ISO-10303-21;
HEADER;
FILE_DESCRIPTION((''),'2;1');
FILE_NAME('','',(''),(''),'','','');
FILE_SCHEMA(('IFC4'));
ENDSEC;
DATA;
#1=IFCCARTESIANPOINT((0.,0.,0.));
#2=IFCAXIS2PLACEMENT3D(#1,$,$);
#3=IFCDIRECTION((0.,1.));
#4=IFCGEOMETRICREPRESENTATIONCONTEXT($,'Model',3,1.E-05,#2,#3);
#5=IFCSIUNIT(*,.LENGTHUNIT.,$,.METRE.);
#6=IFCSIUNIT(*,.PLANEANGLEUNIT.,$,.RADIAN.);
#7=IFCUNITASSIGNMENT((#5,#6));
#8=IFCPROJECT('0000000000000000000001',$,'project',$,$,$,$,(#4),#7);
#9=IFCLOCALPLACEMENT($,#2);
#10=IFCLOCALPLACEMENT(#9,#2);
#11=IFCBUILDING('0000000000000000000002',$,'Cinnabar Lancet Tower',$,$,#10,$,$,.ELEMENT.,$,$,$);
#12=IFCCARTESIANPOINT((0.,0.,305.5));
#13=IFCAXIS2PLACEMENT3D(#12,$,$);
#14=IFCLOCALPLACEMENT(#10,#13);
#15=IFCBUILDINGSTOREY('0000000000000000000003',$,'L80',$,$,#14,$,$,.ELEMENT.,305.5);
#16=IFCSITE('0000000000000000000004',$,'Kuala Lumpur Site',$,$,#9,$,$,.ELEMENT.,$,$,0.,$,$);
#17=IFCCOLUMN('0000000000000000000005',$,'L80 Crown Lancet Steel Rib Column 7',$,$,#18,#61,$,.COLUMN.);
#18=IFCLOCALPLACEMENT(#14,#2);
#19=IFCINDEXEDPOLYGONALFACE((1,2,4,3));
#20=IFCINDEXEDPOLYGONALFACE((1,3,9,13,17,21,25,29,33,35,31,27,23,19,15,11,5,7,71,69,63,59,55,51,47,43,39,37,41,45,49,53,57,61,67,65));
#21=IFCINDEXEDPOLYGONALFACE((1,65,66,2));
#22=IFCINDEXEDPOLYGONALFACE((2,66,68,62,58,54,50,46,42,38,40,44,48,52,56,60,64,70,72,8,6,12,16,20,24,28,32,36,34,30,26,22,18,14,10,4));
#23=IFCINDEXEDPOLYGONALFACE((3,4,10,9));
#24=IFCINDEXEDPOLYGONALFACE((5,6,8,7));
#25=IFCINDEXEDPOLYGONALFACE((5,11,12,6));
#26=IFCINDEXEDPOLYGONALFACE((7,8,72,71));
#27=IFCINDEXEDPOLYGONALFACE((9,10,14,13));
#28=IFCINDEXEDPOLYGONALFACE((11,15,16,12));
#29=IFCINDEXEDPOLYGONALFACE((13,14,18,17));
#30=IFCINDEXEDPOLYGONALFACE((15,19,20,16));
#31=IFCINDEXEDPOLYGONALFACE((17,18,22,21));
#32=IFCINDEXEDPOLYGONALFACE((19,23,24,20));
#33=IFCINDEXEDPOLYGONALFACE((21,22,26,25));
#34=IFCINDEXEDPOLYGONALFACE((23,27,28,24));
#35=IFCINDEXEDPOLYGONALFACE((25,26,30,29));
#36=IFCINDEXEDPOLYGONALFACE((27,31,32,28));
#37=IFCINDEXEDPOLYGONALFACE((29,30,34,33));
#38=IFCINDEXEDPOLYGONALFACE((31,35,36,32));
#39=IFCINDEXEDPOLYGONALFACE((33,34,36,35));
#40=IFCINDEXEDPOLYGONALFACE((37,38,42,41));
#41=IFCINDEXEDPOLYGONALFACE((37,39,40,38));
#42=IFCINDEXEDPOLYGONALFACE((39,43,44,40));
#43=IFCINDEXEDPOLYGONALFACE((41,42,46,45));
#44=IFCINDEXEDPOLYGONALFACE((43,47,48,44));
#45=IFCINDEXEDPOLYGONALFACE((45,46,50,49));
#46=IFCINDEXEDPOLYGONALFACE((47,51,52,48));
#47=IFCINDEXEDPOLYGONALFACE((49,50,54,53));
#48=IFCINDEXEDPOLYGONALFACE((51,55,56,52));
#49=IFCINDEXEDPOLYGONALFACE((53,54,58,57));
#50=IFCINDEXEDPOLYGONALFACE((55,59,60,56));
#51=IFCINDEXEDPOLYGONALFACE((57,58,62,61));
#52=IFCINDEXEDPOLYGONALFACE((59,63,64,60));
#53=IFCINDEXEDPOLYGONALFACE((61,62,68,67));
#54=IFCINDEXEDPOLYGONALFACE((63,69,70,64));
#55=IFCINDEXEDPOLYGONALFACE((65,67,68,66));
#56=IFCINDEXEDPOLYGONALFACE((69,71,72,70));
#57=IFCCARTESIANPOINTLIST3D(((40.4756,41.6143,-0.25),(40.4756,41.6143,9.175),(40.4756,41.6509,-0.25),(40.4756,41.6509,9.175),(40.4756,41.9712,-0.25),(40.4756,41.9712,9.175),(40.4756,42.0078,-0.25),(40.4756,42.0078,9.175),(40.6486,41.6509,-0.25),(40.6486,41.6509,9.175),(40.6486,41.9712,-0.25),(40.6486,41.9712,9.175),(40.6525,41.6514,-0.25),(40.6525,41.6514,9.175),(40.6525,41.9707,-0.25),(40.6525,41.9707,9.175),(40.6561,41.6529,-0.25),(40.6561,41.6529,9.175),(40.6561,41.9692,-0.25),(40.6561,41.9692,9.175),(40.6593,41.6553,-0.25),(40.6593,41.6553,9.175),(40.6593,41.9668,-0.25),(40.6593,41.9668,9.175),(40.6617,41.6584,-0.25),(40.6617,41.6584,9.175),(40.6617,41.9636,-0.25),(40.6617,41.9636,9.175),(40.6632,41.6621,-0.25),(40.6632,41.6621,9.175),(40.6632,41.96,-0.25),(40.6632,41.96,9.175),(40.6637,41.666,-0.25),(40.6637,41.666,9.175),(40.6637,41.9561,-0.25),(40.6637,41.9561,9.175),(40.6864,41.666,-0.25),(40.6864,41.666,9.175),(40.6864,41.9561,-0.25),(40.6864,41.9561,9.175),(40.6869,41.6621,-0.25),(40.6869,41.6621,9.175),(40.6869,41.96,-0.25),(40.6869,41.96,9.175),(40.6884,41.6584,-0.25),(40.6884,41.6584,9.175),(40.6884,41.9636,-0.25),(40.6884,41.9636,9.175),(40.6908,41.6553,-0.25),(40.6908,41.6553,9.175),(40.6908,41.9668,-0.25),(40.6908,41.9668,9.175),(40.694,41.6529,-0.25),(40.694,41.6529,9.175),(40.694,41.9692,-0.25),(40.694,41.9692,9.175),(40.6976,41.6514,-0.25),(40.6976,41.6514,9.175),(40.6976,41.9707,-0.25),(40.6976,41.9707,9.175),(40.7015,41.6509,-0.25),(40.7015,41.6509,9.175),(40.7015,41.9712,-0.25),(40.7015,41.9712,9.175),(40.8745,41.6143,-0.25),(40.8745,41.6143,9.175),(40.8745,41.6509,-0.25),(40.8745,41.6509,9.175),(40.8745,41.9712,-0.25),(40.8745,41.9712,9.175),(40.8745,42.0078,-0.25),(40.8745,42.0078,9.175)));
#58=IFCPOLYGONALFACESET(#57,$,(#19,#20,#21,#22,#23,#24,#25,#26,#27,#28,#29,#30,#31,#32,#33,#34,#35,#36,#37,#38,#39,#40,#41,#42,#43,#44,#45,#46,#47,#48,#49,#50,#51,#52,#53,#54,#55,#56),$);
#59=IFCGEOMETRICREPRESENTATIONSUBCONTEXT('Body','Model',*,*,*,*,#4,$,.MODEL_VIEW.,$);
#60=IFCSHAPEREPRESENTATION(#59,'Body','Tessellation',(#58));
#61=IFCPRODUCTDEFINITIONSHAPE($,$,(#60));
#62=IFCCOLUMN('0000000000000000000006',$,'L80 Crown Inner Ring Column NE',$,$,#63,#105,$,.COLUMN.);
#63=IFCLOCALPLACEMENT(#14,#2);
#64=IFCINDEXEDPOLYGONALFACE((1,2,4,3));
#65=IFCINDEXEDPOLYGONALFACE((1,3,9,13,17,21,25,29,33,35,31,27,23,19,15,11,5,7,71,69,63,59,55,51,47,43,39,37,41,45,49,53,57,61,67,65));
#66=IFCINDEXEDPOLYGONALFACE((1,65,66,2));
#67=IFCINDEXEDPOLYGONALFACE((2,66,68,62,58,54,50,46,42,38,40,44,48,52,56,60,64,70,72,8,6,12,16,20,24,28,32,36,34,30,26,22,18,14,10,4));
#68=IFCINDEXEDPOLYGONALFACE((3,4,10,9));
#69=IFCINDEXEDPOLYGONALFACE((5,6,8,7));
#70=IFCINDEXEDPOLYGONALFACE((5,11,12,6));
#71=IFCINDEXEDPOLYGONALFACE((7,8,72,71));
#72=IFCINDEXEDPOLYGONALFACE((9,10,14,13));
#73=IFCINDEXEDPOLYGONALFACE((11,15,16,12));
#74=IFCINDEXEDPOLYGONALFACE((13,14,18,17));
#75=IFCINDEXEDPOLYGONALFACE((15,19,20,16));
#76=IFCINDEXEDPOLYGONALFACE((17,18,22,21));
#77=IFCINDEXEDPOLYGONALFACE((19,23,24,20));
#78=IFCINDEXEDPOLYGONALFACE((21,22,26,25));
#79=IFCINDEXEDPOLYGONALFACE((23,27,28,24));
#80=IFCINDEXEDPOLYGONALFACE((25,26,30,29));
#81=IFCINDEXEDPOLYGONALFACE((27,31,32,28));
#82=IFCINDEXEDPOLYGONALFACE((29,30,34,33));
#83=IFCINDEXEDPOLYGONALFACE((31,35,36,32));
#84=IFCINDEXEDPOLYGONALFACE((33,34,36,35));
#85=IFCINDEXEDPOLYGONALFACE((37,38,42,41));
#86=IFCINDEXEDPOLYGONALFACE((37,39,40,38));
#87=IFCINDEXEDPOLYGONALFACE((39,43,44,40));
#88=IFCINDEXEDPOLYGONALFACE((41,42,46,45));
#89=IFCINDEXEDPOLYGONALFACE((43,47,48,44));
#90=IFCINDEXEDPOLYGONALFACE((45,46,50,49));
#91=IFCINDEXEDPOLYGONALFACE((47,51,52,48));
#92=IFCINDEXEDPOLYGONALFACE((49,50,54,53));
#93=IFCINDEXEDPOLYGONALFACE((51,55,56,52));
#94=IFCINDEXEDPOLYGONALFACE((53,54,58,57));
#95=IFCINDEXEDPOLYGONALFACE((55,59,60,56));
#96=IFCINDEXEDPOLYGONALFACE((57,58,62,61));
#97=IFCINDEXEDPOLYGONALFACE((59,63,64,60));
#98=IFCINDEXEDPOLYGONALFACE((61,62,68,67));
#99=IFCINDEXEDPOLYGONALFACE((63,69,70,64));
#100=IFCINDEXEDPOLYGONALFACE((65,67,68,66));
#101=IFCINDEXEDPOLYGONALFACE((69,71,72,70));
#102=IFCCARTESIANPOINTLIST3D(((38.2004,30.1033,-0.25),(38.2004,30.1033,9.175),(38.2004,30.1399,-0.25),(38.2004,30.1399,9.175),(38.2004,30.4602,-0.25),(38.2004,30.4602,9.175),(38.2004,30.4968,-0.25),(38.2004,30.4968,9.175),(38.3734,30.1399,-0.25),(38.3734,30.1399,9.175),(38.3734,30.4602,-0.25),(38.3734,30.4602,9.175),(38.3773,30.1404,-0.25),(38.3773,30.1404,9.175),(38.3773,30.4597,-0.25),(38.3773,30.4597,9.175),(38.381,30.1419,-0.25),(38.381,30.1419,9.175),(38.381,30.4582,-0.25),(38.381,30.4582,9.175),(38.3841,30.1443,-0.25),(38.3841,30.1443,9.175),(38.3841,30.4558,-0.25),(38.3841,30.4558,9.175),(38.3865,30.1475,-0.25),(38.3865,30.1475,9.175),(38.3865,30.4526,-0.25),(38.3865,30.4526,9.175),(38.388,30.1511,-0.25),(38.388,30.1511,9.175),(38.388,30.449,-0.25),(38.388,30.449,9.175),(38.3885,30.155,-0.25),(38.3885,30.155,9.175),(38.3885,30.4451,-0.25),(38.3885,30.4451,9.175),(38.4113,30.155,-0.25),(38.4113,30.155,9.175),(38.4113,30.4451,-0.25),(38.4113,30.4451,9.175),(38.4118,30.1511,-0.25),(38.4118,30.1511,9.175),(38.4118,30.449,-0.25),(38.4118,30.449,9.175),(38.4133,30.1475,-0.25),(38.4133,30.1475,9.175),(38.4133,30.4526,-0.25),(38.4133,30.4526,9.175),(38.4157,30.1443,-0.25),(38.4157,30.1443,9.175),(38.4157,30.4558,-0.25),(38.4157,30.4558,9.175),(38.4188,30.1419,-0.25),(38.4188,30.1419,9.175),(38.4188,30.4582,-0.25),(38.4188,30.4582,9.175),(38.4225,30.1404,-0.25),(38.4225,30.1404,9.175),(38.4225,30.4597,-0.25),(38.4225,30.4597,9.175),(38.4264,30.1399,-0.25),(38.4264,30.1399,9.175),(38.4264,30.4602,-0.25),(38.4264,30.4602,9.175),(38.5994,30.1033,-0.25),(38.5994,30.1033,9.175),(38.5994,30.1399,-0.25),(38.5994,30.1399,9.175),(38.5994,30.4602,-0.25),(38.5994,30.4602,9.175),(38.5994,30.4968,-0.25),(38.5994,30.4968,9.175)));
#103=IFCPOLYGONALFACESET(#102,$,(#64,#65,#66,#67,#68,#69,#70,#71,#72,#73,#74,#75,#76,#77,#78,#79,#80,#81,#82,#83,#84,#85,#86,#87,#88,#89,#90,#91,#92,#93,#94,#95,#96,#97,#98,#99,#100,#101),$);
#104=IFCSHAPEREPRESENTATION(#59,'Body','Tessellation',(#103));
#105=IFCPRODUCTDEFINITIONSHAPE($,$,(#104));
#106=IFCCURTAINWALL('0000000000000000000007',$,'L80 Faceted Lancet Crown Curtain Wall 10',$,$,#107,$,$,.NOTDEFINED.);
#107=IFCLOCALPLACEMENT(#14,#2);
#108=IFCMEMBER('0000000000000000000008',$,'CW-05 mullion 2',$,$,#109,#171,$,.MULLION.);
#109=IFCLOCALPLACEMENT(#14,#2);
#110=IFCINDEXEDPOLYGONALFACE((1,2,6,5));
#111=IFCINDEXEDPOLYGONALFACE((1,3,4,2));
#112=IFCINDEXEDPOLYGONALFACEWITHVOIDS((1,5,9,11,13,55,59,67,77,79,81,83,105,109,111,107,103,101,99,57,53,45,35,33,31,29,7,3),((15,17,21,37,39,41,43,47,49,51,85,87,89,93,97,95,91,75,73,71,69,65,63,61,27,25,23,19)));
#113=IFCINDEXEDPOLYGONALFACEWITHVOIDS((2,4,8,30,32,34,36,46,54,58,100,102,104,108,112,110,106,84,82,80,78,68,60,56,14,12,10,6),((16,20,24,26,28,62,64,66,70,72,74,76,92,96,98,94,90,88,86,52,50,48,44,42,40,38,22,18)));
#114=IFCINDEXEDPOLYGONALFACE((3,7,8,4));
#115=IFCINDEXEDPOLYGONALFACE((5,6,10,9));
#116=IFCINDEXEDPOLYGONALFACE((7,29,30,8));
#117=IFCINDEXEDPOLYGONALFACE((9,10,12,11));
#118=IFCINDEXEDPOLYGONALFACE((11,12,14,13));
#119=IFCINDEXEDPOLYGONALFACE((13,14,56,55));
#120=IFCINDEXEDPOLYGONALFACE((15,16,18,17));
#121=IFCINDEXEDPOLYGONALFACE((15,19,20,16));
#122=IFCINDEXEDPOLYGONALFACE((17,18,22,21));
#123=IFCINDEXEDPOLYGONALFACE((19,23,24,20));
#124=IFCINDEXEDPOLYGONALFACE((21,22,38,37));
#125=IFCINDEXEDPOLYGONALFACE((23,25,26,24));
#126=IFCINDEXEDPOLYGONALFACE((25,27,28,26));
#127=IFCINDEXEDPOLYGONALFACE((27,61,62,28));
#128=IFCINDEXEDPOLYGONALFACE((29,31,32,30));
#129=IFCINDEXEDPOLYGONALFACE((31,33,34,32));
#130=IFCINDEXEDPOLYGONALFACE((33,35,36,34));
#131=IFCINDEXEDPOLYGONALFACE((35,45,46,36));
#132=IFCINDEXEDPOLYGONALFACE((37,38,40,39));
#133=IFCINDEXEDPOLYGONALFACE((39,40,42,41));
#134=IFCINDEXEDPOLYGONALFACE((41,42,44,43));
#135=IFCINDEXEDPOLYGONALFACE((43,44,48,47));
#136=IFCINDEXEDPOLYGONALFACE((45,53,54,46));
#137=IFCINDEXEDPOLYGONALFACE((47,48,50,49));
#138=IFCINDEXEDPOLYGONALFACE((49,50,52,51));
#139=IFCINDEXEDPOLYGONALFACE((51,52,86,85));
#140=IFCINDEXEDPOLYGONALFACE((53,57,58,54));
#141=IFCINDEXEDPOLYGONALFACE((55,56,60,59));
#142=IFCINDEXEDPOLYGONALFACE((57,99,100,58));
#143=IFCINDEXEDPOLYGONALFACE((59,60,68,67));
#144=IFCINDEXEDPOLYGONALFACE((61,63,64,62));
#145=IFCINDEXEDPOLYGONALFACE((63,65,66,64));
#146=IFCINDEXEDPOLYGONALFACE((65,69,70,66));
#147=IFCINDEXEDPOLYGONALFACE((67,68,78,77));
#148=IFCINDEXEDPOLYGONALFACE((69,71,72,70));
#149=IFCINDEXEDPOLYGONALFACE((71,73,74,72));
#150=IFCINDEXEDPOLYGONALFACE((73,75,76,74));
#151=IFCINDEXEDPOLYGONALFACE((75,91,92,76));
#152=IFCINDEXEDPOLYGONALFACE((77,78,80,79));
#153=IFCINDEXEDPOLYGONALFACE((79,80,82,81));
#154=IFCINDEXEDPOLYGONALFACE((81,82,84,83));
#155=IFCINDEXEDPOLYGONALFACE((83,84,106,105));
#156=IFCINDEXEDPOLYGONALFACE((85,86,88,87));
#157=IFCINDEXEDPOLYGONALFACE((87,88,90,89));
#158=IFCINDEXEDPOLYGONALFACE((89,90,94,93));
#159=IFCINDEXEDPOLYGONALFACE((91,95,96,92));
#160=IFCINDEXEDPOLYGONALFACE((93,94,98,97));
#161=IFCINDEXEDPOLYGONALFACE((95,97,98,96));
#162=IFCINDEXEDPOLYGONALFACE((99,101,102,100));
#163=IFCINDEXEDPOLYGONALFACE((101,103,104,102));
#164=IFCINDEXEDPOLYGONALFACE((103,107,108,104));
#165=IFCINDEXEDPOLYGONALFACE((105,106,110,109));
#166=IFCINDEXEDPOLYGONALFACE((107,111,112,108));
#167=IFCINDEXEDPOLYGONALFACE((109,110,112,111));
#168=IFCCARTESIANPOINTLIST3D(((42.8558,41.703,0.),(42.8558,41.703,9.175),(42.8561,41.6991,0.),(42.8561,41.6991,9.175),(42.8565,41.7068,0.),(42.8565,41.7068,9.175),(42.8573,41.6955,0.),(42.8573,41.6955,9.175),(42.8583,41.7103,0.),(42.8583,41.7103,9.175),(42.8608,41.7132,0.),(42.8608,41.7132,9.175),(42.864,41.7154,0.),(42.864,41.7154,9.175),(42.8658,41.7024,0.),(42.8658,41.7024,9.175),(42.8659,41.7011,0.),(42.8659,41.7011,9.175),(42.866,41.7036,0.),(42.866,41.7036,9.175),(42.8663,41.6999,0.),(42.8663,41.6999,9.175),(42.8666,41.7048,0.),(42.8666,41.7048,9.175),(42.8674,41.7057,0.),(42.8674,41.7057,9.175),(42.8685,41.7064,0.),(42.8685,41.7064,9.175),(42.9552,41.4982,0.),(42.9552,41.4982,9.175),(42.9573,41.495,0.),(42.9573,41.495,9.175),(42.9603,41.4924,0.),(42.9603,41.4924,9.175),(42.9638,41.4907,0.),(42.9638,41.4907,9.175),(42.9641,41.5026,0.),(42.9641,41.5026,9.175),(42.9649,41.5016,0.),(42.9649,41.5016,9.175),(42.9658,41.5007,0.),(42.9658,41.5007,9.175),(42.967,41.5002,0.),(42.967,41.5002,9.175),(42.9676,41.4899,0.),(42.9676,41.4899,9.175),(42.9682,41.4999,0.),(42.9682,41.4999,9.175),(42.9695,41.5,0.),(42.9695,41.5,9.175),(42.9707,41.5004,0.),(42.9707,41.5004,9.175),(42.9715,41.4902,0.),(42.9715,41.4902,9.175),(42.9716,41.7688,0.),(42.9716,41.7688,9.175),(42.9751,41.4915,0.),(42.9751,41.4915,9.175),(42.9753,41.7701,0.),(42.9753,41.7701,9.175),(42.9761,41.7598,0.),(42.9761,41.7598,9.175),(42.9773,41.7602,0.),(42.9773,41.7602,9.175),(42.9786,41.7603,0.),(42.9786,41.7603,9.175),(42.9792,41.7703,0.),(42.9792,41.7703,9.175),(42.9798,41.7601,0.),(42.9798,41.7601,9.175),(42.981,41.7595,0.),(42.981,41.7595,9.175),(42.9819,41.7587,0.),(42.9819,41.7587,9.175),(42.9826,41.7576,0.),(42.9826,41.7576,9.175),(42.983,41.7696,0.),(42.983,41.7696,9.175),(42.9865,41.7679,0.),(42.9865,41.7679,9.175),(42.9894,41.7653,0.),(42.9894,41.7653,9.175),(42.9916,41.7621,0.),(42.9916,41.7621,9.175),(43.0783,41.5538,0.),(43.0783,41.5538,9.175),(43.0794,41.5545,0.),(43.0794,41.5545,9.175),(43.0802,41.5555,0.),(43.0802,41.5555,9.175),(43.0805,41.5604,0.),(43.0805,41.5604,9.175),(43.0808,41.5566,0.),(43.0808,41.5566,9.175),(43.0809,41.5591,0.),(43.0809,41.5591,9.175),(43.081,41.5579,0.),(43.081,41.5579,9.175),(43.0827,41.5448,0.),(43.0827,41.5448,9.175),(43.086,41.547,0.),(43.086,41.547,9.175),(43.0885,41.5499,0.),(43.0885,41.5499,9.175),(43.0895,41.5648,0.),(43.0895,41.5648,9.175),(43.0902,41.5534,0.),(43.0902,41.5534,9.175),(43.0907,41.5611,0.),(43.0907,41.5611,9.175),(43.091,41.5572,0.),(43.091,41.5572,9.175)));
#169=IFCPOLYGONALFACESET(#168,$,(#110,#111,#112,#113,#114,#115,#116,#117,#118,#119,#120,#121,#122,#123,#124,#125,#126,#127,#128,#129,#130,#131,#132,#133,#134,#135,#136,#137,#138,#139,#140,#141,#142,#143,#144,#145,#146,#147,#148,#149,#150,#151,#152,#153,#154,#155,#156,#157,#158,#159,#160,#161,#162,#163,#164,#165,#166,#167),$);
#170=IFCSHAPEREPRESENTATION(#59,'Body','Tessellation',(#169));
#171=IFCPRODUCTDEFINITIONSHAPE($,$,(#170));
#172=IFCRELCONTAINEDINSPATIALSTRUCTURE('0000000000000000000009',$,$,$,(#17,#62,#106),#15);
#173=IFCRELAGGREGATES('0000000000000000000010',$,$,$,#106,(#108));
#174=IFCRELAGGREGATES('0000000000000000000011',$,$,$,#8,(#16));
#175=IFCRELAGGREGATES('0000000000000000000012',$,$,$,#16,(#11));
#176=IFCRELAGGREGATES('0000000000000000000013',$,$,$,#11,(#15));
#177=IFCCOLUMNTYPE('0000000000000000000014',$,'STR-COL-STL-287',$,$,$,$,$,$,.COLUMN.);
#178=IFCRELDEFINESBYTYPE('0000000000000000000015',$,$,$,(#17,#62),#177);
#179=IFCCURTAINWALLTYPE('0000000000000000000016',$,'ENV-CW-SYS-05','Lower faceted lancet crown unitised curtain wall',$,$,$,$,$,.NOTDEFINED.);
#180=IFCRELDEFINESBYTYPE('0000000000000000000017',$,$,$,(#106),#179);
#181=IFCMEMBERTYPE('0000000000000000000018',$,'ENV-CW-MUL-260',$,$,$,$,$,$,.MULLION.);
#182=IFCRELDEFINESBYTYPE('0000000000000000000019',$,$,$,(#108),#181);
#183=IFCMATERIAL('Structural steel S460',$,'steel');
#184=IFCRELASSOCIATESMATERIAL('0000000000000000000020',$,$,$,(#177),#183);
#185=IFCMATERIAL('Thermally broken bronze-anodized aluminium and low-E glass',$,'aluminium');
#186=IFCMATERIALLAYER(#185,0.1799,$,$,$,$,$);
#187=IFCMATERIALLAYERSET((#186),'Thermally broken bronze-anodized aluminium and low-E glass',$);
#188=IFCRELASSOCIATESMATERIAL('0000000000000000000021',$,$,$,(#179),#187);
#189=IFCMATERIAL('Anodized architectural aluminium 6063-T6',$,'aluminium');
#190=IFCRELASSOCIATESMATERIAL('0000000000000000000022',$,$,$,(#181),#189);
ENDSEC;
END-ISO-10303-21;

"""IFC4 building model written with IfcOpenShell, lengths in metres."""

from ifc_helpers import new_model, si_unit, direction, frame, origin, origin_2d, place, context, subcontext, project, spatial, hollow_rectangle, i_section, extrude, material, layer, layer_set, material_profile, profile_set, type_object, element, aggregate, save


model = new_model("IFC4")

# Units and contexts
model_context = context("Model", 3, precision=1e-05, world=origin(), true_north=direction((0.0, 1.0)))
body_context = subcontext(model_context, "Body", "Model", "MODEL_VIEW")
ifc_project = project(units=[si_unit("LENGTHUNIT", "METRE"), si_unit("PLANEANGLEUNIT", "RADIAN")], contexts=[model_context])

# Site, building, storey
site_placement = place(None, origin())
site = spatial("IfcSite", under=ifc_project, at=site_placement, Name="Kuala Lumpur Site", CompositionType="ELEMENT", RefElevation=0.0)
building_placement = place(site_placement, origin())
building = spatial("IfcBuilding", under=site, at=building_placement, Name="Cinnabar Lancet Tower", CompositionType="ELEMENT")
storey_placement = place(building_placement, frame((0.0, 0.0, 305.5)))
storey = spatial("IfcBuildingStorey", under=building, at=storey_placement, Name="L80", CompositionType="ELEMENT", Elevation=305.5)

# Columns
ifc_material_1 = material(Name="Structural steel S460", Category="steel")
ifc_material_profile_1 = material_profile(ifc_material_1, i_section(OverallWidth=0.3989, OverallDepth=0.3936, WebThickness=0.0227, FlangeThickness=0.0366, FilletRadius=0.0151, at=origin_2d()), Name="UKC 356x406x287")
ifc_profile_set_1 = profile_set([ifc_material_profile_1], Name="Structural steel S460")
column_type = type_object("IfcColumnType", Name="STR-COL-STL-287", PredefinedType="COLUMN", material=ifc_profile_set_1)
for number, where, z_axis, x_axis, name in (
    (1, (40.675, 41.811, -0.25), (0.0, 0.0, 1.0), (1.0, 0.0, 0.0), "L80 Crown Lancet Steel Rib Column 7"),
    (2, (38.3999, 30.3, -0.25), (0.0, 0.0, 1.0), (1.0, 0.0, 0.0), "L80 Crown Inner Ring Column NE"),
):
    element("IfcColumn", number, at=place(storey_placement, frame(where, z_axis=z_axis, x_axis=x_axis)), inside=storey, type_object=column_type, Name=name, PredefinedType="COLUMN", context=body_context, shape_type="SweptSolid", body=[
        extrude(i_section(OverallWidth=0.3989, OverallDepth=0.3936, WebThickness=0.0227, FlangeThickness=0.0366, FilletRadius=0.0151, at=origin_2d()), origin(), (0.0, 0.0, 1.0), 9.425),
    ])

# Curtain wall, member
ifc_material_2 = material(Name="Thermally broken bronze-anodized aluminium and low-E glass", Category="aluminium")
ifc_layer_1 = layer(ifc_material_2, 0.1799)
ifc_layer_set_1 = layer_set([ifc_layer_1], Name="Thermally broken bronze-anodized aluminium and low-E glass")
curtain_wall_type = type_object("IfcCurtainWallType", Name="ENV-CW-SYS-05", Description="Lower faceted lancet crown unitised curtain wall", PredefinedType="NOTDEFINED", material=ifc_layer_set_1)
curtain_wall_1_placement = place(storey_placement, origin())
curtain_wall_1 = element("IfcCurtainWall", 3, at=curtain_wall_1_placement, inside=storey, type_object=curtain_wall_type, Name="L80 Faceted Lancet Crown Curtain Wall 10", PredefinedType="NOTDEFINED")
ifc_material_3 = material(Name="Anodized architectural aluminium 6063-T6", Category="aluminium")
ifc_material_profile_2 = material_profile(ifc_material_3, hollow_rectangle(XDim=0.1499, YDim=0.25, WallThickness=0.01, InnerFilletRadius=0.0049, OuterFilletRadius=0.0149, at=origin_2d()), Name="RHS 250x150x10")
ifc_profile_set_2 = profile_set([ifc_material_profile_2], Name="Anodized architectural aluminium 6063-T6")
member_type_1 = type_object("IfcMemberType", Name="ENV-CW-MUL-260", PredefinedType="MULLION", material=ifc_profile_set_2)
member_1_placement = place(storey_placement, frame((42.9734, 41.6301, 0.0), z_axis=(0.0, 0.0, 1.0), x_axis=(-0.89582, -0.444416, 0.0)))
member_1 = element("IfcMember", 4, at=member_1_placement, type_object=member_type_1, Name="CW-05 mullion 2", PredefinedType="MULLION", context=body_context, shape_type="SweptSolid", body=[
    extrude(hollow_rectangle(XDim=0.1499, YDim=0.25, WallThickness=0.01, InnerFilletRadius=0.0049, OuterFilletRadius=0.0149, at=origin_2d()), origin(), (0.0, 0.0, 1.0), 9.175),
])

aggregate(curtain_wall_1, [member_1])

save(model, "model.ifc")
